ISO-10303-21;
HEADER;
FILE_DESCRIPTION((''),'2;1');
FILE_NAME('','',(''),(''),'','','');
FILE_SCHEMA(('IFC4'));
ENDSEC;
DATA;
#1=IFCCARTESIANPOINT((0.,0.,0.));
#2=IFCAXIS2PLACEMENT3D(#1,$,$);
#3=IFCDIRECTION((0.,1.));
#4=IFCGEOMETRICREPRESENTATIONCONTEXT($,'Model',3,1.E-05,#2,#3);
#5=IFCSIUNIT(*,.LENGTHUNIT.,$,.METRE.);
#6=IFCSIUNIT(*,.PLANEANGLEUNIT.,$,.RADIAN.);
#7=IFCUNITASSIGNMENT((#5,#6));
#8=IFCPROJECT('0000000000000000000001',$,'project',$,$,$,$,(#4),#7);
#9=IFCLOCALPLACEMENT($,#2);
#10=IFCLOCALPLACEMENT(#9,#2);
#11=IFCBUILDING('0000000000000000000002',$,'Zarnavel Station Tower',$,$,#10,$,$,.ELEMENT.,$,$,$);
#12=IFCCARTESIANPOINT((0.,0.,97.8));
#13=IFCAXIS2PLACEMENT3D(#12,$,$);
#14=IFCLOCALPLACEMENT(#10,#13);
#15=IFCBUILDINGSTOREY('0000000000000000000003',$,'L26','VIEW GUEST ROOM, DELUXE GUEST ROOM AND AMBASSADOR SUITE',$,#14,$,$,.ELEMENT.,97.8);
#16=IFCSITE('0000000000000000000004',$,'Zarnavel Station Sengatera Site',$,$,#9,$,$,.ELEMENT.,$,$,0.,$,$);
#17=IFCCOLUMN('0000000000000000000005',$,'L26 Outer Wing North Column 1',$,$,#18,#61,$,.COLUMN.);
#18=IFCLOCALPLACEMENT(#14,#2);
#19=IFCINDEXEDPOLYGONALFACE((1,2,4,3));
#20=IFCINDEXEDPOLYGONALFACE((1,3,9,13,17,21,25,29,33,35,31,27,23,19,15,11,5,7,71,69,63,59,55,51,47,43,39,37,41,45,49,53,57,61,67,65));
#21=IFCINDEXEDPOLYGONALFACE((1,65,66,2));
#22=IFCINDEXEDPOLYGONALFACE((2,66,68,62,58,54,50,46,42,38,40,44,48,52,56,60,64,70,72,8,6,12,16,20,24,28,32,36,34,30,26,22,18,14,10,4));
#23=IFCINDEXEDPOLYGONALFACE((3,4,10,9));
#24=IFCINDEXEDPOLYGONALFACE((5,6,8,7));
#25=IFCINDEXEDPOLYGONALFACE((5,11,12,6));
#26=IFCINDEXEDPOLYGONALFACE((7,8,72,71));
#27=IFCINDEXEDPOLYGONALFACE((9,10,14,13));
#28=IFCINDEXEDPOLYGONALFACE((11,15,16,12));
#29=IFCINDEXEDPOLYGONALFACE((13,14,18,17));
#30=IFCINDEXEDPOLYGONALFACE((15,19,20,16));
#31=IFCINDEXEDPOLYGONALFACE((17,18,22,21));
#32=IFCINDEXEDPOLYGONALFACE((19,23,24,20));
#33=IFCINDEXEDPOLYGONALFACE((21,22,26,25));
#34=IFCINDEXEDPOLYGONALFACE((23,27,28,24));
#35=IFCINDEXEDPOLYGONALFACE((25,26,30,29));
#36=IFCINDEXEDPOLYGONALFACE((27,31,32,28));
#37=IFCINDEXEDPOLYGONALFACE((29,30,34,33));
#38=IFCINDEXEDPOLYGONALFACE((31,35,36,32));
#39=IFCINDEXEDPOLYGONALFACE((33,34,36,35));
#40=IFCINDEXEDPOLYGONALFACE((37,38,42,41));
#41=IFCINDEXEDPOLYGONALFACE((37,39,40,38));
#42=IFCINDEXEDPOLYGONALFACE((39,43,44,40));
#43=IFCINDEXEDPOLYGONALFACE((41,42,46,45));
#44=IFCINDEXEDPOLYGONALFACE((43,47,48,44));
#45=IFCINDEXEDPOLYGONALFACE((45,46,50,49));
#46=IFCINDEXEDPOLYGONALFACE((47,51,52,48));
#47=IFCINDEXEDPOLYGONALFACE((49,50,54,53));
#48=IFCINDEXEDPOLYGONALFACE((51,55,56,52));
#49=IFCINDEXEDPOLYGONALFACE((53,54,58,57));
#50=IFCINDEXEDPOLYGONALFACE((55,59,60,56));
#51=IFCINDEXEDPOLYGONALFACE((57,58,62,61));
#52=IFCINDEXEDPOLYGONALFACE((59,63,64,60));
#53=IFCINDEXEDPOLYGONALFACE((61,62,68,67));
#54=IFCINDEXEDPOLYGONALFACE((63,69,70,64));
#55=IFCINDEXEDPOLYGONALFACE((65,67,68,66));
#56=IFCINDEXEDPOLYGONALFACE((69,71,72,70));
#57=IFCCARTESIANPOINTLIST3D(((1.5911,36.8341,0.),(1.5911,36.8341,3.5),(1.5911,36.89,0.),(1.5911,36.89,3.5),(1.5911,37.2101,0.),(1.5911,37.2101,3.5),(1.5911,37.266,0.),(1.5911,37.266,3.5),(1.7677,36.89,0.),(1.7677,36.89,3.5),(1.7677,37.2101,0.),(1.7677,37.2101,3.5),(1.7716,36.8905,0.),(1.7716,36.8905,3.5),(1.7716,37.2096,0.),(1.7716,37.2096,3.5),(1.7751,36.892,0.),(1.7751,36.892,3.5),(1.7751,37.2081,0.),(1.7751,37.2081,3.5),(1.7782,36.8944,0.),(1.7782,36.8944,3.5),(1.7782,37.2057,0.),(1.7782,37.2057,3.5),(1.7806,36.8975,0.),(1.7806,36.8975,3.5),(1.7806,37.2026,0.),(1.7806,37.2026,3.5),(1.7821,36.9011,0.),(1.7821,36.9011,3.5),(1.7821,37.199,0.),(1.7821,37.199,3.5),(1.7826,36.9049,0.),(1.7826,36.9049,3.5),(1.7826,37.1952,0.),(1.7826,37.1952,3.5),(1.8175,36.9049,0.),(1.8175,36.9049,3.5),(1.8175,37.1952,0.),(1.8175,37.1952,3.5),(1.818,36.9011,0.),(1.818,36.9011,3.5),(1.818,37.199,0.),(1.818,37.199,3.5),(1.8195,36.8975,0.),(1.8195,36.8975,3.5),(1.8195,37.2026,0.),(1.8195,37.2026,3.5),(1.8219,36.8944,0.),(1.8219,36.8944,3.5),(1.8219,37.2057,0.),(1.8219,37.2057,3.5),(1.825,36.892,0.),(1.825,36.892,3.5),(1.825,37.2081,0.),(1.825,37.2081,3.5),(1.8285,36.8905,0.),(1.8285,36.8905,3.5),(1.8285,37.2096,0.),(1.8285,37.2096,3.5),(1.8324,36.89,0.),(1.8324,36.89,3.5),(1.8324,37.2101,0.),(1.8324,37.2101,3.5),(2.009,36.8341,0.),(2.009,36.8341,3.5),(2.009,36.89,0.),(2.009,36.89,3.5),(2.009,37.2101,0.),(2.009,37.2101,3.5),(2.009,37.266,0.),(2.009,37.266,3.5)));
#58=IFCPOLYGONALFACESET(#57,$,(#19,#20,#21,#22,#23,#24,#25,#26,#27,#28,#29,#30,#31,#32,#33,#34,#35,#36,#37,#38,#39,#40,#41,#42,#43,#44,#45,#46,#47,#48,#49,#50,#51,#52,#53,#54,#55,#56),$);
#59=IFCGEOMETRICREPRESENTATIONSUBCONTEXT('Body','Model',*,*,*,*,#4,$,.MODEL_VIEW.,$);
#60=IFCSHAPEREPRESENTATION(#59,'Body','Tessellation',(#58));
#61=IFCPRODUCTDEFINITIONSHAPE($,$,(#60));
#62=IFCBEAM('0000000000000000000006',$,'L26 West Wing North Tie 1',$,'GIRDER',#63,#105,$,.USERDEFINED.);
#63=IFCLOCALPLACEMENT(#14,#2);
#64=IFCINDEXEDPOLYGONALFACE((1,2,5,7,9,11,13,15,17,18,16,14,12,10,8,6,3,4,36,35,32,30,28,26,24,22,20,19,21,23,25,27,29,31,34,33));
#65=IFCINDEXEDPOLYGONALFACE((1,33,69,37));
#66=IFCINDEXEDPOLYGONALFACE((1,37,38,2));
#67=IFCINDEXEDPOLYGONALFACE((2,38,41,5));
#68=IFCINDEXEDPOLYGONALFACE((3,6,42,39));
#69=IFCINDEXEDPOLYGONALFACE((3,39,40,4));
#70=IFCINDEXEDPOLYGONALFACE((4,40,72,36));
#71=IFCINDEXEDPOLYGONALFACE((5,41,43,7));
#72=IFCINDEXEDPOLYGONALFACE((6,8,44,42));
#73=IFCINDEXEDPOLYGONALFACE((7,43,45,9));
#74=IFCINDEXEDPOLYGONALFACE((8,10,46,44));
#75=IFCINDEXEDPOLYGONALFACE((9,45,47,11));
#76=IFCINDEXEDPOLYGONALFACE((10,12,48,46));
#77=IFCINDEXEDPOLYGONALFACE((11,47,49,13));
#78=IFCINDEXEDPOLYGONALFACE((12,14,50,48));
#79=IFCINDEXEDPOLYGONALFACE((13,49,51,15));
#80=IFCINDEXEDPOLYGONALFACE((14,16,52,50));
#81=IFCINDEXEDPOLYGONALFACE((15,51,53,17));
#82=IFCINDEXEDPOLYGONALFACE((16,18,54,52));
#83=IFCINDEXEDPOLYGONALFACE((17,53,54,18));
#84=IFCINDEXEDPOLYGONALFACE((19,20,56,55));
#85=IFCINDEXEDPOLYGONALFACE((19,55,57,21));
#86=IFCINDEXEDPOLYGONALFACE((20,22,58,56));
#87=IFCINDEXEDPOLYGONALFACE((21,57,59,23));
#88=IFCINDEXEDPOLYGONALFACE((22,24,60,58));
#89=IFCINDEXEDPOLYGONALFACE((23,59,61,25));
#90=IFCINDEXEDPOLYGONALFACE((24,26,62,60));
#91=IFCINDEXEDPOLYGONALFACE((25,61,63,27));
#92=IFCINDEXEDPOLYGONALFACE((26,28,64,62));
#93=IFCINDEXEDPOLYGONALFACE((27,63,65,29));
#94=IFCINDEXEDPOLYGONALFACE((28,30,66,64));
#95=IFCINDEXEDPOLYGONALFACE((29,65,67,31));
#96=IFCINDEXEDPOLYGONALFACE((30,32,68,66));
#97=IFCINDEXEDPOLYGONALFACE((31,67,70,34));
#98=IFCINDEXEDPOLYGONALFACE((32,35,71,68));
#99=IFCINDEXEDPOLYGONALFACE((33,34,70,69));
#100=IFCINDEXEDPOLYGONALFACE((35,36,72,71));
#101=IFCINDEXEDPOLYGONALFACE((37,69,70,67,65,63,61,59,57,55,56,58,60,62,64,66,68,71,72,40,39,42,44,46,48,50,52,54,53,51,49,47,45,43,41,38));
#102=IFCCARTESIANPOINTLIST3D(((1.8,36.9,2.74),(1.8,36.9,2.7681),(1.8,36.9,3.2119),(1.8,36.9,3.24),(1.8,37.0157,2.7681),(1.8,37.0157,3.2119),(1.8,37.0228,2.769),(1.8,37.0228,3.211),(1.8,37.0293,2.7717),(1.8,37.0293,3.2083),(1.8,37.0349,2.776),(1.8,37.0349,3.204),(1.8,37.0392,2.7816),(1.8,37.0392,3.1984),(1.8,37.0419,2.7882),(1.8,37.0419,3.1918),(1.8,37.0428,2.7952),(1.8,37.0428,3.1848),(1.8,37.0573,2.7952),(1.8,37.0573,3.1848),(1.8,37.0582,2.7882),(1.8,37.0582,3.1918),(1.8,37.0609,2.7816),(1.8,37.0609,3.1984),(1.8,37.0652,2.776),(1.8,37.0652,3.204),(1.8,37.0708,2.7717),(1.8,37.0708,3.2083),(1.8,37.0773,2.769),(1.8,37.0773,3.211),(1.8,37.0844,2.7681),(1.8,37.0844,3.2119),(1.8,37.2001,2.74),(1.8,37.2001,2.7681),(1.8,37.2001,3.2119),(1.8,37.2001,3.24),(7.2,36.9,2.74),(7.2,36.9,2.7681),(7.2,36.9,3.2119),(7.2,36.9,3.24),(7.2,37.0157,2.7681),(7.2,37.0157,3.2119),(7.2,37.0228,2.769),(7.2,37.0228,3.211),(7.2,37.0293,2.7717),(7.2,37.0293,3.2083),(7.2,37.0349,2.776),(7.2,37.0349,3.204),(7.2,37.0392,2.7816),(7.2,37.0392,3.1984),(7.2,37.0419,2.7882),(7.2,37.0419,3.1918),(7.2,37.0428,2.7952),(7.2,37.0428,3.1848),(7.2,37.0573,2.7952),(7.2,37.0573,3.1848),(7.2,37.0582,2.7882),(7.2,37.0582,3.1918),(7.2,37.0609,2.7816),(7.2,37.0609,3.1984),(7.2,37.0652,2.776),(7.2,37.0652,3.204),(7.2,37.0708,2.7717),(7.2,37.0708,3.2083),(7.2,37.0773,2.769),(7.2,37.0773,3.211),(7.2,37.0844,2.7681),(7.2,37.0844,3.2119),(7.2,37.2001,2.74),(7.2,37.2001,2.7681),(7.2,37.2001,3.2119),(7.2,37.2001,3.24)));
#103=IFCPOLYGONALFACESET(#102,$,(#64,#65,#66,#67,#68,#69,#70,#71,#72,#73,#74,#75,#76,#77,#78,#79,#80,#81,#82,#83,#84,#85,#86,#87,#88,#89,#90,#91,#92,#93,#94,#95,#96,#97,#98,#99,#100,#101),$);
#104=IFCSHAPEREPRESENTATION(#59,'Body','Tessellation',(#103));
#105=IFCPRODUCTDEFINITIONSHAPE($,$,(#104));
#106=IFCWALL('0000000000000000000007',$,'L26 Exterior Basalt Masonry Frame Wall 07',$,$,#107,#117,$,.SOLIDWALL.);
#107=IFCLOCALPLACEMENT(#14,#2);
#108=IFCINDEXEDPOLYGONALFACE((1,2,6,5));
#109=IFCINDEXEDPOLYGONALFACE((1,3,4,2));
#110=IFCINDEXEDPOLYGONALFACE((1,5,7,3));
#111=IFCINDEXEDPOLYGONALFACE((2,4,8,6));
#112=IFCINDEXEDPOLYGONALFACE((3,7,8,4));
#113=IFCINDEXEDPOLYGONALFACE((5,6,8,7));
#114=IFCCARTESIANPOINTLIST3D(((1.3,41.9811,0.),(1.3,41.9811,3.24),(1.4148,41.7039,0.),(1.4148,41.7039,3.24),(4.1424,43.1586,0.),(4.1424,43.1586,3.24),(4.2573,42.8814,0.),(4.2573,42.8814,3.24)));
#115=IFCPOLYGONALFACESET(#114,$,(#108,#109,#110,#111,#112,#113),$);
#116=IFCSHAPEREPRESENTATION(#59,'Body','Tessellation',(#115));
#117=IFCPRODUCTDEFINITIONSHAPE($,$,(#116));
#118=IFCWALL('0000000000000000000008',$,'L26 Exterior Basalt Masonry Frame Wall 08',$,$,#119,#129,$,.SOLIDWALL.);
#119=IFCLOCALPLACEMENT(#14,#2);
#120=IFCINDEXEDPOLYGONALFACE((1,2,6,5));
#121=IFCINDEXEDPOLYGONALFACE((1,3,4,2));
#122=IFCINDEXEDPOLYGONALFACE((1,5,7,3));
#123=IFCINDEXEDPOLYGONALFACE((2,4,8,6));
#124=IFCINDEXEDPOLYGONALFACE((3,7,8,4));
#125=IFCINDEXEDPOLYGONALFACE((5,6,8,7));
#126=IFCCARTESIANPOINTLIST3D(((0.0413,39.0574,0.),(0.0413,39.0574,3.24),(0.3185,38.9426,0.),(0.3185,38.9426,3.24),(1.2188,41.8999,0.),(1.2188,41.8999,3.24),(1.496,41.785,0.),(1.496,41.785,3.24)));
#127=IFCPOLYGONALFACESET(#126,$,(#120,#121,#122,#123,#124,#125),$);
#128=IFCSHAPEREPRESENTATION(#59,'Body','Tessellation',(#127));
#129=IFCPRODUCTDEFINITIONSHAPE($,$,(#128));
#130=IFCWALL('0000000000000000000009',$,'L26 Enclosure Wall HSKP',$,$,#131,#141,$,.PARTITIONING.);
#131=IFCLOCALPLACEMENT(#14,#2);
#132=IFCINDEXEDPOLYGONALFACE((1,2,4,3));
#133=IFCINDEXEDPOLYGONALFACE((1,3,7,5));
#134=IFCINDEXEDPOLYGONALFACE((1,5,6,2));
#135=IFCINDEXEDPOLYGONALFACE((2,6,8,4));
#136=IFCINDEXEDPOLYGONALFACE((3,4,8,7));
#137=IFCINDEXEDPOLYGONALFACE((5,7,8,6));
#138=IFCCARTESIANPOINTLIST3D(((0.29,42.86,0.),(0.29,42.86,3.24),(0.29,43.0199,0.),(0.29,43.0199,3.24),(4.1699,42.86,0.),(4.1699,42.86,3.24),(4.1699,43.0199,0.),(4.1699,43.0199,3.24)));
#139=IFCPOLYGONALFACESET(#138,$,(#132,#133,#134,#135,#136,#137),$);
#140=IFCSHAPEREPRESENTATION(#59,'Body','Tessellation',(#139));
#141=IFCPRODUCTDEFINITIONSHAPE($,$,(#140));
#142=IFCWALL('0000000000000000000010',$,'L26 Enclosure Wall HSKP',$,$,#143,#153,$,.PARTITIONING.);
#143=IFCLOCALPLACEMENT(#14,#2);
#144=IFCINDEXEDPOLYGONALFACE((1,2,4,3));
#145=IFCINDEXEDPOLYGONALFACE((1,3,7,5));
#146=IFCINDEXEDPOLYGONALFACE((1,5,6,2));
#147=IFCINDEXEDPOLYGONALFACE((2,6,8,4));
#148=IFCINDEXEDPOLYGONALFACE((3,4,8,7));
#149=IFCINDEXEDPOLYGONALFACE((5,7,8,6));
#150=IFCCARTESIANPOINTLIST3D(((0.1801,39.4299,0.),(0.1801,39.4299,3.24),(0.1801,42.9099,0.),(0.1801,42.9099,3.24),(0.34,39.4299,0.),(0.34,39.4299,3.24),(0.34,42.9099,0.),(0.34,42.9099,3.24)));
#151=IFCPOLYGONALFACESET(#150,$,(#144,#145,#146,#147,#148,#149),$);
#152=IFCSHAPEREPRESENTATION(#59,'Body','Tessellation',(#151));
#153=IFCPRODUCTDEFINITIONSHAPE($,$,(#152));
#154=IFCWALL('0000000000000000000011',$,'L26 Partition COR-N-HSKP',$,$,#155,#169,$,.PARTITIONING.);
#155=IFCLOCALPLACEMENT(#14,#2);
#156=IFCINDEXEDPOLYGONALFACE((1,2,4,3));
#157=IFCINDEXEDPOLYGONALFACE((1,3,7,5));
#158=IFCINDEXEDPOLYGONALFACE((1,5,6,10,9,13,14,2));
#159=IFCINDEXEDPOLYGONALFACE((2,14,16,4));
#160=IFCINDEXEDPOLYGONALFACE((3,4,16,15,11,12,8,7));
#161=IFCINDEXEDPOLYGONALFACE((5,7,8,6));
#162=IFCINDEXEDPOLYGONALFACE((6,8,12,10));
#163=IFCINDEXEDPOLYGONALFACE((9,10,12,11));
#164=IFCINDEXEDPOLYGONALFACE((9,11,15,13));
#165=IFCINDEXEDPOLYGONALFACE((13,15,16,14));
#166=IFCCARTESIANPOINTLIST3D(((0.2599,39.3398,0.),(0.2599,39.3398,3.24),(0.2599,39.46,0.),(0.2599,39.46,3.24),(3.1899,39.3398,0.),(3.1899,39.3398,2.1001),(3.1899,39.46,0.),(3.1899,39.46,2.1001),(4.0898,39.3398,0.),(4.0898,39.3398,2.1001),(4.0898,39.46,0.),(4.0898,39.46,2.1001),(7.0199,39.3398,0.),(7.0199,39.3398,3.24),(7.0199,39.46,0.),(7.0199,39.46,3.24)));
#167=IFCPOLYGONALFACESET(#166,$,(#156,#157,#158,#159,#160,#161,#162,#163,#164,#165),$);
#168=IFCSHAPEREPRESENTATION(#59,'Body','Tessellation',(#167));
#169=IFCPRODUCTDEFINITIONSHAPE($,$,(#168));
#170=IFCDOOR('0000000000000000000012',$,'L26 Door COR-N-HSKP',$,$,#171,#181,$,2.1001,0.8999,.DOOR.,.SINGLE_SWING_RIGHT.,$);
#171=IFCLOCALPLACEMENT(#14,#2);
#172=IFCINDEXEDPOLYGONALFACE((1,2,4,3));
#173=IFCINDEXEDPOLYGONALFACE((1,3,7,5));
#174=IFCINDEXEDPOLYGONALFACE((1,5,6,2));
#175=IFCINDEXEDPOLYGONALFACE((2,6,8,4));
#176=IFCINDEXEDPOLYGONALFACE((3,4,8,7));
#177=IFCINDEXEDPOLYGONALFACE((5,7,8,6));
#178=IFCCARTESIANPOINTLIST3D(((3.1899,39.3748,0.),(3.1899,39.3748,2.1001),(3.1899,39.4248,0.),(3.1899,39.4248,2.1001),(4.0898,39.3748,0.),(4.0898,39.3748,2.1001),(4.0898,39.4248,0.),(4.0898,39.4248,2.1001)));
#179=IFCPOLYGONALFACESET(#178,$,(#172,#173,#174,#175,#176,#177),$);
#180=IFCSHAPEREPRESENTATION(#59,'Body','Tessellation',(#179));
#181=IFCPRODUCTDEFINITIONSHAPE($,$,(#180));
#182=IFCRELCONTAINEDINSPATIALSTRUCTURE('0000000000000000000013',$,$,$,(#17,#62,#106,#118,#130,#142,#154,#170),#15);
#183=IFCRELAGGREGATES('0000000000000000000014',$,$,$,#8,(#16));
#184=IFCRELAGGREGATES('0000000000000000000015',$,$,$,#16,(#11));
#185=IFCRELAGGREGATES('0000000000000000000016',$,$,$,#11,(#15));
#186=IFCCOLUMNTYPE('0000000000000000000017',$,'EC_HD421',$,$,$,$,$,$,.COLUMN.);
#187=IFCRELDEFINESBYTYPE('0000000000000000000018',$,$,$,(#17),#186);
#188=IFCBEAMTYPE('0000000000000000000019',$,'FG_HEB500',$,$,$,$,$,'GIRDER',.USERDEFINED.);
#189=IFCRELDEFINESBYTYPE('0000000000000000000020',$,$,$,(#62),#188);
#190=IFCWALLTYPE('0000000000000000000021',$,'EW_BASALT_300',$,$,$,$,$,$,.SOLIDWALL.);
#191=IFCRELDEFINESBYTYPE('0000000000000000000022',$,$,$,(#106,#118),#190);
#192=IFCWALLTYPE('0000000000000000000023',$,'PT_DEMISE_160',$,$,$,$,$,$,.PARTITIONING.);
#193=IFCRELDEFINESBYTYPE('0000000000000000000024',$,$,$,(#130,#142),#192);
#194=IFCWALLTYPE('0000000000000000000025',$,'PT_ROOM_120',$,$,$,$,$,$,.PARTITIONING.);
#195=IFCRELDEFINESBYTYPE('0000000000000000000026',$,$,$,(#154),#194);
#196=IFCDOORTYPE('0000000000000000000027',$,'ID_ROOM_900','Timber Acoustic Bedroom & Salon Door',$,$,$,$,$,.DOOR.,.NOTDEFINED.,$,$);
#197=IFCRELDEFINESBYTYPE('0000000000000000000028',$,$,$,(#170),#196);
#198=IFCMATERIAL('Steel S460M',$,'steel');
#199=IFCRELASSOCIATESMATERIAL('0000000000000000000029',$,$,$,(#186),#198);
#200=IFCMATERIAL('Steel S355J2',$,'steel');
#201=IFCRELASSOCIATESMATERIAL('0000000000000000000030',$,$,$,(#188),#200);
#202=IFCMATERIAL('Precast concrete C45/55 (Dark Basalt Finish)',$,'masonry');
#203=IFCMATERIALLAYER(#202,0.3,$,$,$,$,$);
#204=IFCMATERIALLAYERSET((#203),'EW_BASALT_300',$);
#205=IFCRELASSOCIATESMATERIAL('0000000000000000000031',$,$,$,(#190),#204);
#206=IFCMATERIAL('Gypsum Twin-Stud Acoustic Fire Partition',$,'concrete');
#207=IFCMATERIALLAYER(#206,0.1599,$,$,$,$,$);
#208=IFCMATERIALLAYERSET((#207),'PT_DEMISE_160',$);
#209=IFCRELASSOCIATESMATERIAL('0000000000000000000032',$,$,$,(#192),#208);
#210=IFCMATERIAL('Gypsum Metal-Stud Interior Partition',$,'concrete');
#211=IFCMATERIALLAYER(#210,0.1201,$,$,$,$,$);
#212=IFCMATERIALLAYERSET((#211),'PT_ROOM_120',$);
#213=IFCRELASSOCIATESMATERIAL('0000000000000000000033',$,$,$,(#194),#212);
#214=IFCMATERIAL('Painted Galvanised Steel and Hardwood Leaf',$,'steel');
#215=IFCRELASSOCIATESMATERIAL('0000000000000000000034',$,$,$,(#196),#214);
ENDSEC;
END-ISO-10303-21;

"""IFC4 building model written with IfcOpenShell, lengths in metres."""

from ifc_helpers import new_model, si_unit, direction, frame, frame_2d, origin, origin_2d, place, context, subcontext, project, spatial, rectangle, i_section, extrude, material, layer, layer_set, material_profile, profile_set, type_object, element, fill, save


model = new_model("IFC4")

# Units and contexts
model_context = context("Model", 3, precision=1e-05, world=origin(), true_north=direction((0.0, 1.0)))
body_context = subcontext(model_context, "Body", "Model", "MODEL_VIEW")
ifc_project = project(units=[si_unit("LENGTHUNIT", "METRE"), si_unit("PLANEANGLEUNIT", "RADIAN")], contexts=[model_context])

# Site, building, storey
site_placement = place(None, origin())
site = spatial("IfcSite", under=ifc_project, at=site_placement, Name="Zarnavel Station Sengatera Site", CompositionType="ELEMENT", RefElevation=0.0)
building_placement = place(site_placement, origin())
building = spatial("IfcBuilding", under=site, at=building_placement, Name="Zarnavel Station Tower", CompositionType="ELEMENT")
storey_placement = place(building_placement, frame((0.0, 0.0, 97.8)))
storey = spatial("IfcBuildingStorey", under=building, at=storey_placement, Name="L26", Description="VIEW GUEST ROOM, DELUXE GUEST ROOM AND AMBASSADOR SUITE", CompositionType="ELEMENT", Elevation=97.8)

# Column
ifc_material_1 = material(Name="Steel S460M", Category="steel")
ifc_material_profile_1 = material_profile(ifc_material_1, i_section(OverallWidth=0.418, OverallDepth=0.4319, WebThickness=0.0349, FlangeThickness=0.0559, FilletRadius=0.0149, at=origin_2d()), Name="HD400x421")
ifc_profile_set_1 = profile_set([ifc_material_profile_1], Name="Steel S460M")
column_type = type_object("IfcColumnType", Name="EC_HD421", PredefinedType="COLUMN", material=ifc_profile_set_1)
column_placement = place(storey_placement, frame((1.8, 37.05, 0.0), z_axis=(0.0, 0.0, 1.0), x_axis=(1.0, 0.0, 0.0)))
element("IfcColumn", 1, at=column_placement, inside=storey, type_object=column_type, Name="L26 Outer Wing North Column 1", PredefinedType="COLUMN", context=body_context, shape_type="SweptSolid", body=[
    extrude(i_section(OverallWidth=0.418, OverallDepth=0.4319, WebThickness=0.0349, FlangeThickness=0.0559, FilletRadius=0.0149, at=origin_2d()), origin(), (0.0, 0.0, 1.0), 3.5),
])

# Beam
ifc_material_2 = material(Name="Steel S355J2", Category="steel")
ifc_material_profile_2 = material_profile(ifc_material_2, i_section(OverallWidth=0.3, OverallDepth=0.5, WebThickness=0.0144, FlangeThickness=0.0281, FilletRadius=0.0271, at=origin_2d()), Name="HEB500")
ifc_profile_set_2 = profile_set([ifc_material_profile_2], Name="Steel S355J2")
beam_type = type_object("IfcBeamType", Name="FG_HEB500", ElementType="GIRDER", PredefinedType="USERDEFINED", material=ifc_profile_set_2)
beam_placement = place(storey_placement, frame((1.8, 37.05, 2.99), z_axis=(1.0, 0.0, 0.0), x_axis=(0.0, 1.0, 0.0)))
element("IfcBeam", 2, at=beam_placement, inside=storey, type_object=beam_type, Name="L26 West Wing North Tie 1", ObjectType="GIRDER", PredefinedType="USERDEFINED", context=body_context, shape_type="SweptSolid", body=[
    extrude(i_section(OverallWidth=0.3, OverallDepth=0.5, WebThickness=0.0144, FlangeThickness=0.0281, FilletRadius=0.0271, at=origin_2d()), origin(), (0.0, 0.0, 1.0), 5.3999),
])

# Walls
ifc_material_3 = material(Name="Precast concrete C45/55 (Dark Basalt Finish)", Category="masonry")
ifc_layer_1 = layer(ifc_material_3, 0.3)
ifc_layer_set_1 = layer_set([ifc_layer_1], Name="EW_BASALT_300")
wall_type_1 = type_object("IfcWallType", Name="EW_BASALT_300", PredefinedType="SOLIDWALL", material=ifc_layer_set_1)
for number, where, z_axis, x_axis, name in (
    (3, (1.3574, 41.8425, 0.0), (0.0, 0.0, 1.0), (0.923871, 0.382705, 0.0), "L26 Exterior Basalt Masonry Frame Wall 07"),
    (4, (0.1799, 39.0, 0.0), (0.0, 0.0, 1.0), (0.382705, 0.923871, 0.0), "L26 Exterior Basalt Masonry Frame Wall 08"),
):
    element("IfcWall", number, at=place(storey_placement, frame(where, z_axis=z_axis, x_axis=x_axis)), inside=storey, type_object=wall_type_1, Name=name, PredefinedType="SOLIDWALL", context=body_context, shape_type="SweptSolid", body=[
        extrude(rectangle(XDim=3.0767, YDim=0.3, at=frame_2d((1.5383, 0.0))), origin(), (0.0, 0.0, 1.0), 3.24),
    ])
ifc_material_4 = material(Name="Gypsum Twin-Stud Acoustic Fire Partition", Category="concrete")
ifc_layer_2 = layer(ifc_material_4, 0.1599)
ifc_layer_set_2 = layer_set([ifc_layer_2], Name="PT_DEMISE_160")
wall_type_2 = type_object("IfcWallType", Name="PT_DEMISE_160", PredefinedType="PARTITIONING", material=ifc_layer_set_2)
wall_1_placement = place(storey_placement, frame((0.29, 42.9399, 0.0), z_axis=(0.0, 0.0, 1.0), x_axis=(1.0, 0.0, 0.0)))
element("IfcWall", 5, at=wall_1_placement, inside=storey, type_object=wall_type_2, Name="L26 Enclosure Wall HSKP", PredefinedType="PARTITIONING", context=body_context, shape_type="SweptSolid", body=[
    extrude(rectangle(XDim=3.8799, YDim=0.1599, at=frame_2d((1.9399, 0.0))), origin(), (0.0, 0.0, 1.0), 3.24),
])
wall_2_placement = place(storey_placement, frame((0.26, 39.4299, 0.0), z_axis=(0.0, 0.0, 1.0), x_axis=(0.0, 1.0, 0.0)))
element("IfcWall", 6, at=wall_2_placement, inside=storey, type_object=wall_type_2, Name="L26 Enclosure Wall HSKP", PredefinedType="PARTITIONING", context=body_context, shape_type="SweptSolid", body=[
    extrude(rectangle(XDim=3.48, YDim=0.1599, at=frame_2d((1.74, 0.0))), origin(), (0.0, 0.0, 1.0), 3.24),
])

# Wall, opening, door
ifc_material_5 = material(Name="Gypsum Metal-Stud Interior Partition", Category="concrete")
ifc_layer_3 = layer(ifc_material_5, 0.1201)
ifc_layer_set_3 = layer_set([ifc_layer_3], Name="PT_ROOM_120")
wall_type_3 = type_object("IfcWallType", Name="PT_ROOM_120", PredefinedType="PARTITIONING", material=ifc_layer_set_3)
wall_3_placement = place(storey_placement, frame((0.26, 39.3999, 0.0), z_axis=(0.0, 0.0, 1.0), x_axis=(1.0, 0.0, 0.0)))
wall_3 = element("IfcWall", 7, at=wall_3_placement, inside=storey, type_object=wall_type_3, Name="L26 Partition COR-N-HSKP", PredefinedType="PARTITIONING", context=body_context, shape_type="SweptSolid", body=[
    extrude(rectangle(XDim=6.76, YDim=0.1201, at=frame_2d((3.3799, 0.0))), origin(), (0.0, 0.0, 1.0), 3.24),
])
opening_1_placement = place(wall_3_placement, frame((2.9299, 0.0, 0.0)))
opening_1 = element("IfcOpeningElement", 8, at=opening_1_placement, cuts=wall_3, PredefinedType="OPENING", context=body_context, shape_type="SweptSolid", body=[
    extrude(rectangle(XDim=0.8999, YDim=2.1001, at=frame_2d((0.45, 1.05))), frame((0.0, 0.0701, 0.0), z_axis=(0.0, -1.0, 0.0), x_axis=(1.0, 0.0, 0.0)), (0.0, 0.0, 1.0), 0.1401),
])
ifc_material_6 = material(Name="Painted Galvanised Steel and Hardwood Leaf", Category="steel")
door_type = type_object("IfcDoorType", Name="ID_ROOM_900", Description="Timber Acoustic Bedroom & Salon Door", OperationType="NOTDEFINED", PredefinedType="DOOR", material=ifc_material_6)
door_1_placement = place(opening_1_placement, origin())
door_1 = element("IfcDoor", 9, at=door_1_placement, inside=storey, type_object=door_type, Name="L26 Door COR-N-HSKP", OperationType="SINGLE_SWING_RIGHT", OverallHeight=2.1001, OverallWidth=0.8999, PredefinedType="DOOR", context=body_context, shape_type="SweptSolid", body=[
    extrude(rectangle(XDim=0.8999, YDim=2.1001, at=frame_2d((0.45, 1.05))), frame((0.0, 0.0249, 0.0), z_axis=(0.0, -1.0, 0.0), x_axis=(1.0, 0.0, 0.0)), (0.0, 0.0, 1.0), 0.05),
])
fill(opening_1, door_1)

save(model, "model.ifc")
